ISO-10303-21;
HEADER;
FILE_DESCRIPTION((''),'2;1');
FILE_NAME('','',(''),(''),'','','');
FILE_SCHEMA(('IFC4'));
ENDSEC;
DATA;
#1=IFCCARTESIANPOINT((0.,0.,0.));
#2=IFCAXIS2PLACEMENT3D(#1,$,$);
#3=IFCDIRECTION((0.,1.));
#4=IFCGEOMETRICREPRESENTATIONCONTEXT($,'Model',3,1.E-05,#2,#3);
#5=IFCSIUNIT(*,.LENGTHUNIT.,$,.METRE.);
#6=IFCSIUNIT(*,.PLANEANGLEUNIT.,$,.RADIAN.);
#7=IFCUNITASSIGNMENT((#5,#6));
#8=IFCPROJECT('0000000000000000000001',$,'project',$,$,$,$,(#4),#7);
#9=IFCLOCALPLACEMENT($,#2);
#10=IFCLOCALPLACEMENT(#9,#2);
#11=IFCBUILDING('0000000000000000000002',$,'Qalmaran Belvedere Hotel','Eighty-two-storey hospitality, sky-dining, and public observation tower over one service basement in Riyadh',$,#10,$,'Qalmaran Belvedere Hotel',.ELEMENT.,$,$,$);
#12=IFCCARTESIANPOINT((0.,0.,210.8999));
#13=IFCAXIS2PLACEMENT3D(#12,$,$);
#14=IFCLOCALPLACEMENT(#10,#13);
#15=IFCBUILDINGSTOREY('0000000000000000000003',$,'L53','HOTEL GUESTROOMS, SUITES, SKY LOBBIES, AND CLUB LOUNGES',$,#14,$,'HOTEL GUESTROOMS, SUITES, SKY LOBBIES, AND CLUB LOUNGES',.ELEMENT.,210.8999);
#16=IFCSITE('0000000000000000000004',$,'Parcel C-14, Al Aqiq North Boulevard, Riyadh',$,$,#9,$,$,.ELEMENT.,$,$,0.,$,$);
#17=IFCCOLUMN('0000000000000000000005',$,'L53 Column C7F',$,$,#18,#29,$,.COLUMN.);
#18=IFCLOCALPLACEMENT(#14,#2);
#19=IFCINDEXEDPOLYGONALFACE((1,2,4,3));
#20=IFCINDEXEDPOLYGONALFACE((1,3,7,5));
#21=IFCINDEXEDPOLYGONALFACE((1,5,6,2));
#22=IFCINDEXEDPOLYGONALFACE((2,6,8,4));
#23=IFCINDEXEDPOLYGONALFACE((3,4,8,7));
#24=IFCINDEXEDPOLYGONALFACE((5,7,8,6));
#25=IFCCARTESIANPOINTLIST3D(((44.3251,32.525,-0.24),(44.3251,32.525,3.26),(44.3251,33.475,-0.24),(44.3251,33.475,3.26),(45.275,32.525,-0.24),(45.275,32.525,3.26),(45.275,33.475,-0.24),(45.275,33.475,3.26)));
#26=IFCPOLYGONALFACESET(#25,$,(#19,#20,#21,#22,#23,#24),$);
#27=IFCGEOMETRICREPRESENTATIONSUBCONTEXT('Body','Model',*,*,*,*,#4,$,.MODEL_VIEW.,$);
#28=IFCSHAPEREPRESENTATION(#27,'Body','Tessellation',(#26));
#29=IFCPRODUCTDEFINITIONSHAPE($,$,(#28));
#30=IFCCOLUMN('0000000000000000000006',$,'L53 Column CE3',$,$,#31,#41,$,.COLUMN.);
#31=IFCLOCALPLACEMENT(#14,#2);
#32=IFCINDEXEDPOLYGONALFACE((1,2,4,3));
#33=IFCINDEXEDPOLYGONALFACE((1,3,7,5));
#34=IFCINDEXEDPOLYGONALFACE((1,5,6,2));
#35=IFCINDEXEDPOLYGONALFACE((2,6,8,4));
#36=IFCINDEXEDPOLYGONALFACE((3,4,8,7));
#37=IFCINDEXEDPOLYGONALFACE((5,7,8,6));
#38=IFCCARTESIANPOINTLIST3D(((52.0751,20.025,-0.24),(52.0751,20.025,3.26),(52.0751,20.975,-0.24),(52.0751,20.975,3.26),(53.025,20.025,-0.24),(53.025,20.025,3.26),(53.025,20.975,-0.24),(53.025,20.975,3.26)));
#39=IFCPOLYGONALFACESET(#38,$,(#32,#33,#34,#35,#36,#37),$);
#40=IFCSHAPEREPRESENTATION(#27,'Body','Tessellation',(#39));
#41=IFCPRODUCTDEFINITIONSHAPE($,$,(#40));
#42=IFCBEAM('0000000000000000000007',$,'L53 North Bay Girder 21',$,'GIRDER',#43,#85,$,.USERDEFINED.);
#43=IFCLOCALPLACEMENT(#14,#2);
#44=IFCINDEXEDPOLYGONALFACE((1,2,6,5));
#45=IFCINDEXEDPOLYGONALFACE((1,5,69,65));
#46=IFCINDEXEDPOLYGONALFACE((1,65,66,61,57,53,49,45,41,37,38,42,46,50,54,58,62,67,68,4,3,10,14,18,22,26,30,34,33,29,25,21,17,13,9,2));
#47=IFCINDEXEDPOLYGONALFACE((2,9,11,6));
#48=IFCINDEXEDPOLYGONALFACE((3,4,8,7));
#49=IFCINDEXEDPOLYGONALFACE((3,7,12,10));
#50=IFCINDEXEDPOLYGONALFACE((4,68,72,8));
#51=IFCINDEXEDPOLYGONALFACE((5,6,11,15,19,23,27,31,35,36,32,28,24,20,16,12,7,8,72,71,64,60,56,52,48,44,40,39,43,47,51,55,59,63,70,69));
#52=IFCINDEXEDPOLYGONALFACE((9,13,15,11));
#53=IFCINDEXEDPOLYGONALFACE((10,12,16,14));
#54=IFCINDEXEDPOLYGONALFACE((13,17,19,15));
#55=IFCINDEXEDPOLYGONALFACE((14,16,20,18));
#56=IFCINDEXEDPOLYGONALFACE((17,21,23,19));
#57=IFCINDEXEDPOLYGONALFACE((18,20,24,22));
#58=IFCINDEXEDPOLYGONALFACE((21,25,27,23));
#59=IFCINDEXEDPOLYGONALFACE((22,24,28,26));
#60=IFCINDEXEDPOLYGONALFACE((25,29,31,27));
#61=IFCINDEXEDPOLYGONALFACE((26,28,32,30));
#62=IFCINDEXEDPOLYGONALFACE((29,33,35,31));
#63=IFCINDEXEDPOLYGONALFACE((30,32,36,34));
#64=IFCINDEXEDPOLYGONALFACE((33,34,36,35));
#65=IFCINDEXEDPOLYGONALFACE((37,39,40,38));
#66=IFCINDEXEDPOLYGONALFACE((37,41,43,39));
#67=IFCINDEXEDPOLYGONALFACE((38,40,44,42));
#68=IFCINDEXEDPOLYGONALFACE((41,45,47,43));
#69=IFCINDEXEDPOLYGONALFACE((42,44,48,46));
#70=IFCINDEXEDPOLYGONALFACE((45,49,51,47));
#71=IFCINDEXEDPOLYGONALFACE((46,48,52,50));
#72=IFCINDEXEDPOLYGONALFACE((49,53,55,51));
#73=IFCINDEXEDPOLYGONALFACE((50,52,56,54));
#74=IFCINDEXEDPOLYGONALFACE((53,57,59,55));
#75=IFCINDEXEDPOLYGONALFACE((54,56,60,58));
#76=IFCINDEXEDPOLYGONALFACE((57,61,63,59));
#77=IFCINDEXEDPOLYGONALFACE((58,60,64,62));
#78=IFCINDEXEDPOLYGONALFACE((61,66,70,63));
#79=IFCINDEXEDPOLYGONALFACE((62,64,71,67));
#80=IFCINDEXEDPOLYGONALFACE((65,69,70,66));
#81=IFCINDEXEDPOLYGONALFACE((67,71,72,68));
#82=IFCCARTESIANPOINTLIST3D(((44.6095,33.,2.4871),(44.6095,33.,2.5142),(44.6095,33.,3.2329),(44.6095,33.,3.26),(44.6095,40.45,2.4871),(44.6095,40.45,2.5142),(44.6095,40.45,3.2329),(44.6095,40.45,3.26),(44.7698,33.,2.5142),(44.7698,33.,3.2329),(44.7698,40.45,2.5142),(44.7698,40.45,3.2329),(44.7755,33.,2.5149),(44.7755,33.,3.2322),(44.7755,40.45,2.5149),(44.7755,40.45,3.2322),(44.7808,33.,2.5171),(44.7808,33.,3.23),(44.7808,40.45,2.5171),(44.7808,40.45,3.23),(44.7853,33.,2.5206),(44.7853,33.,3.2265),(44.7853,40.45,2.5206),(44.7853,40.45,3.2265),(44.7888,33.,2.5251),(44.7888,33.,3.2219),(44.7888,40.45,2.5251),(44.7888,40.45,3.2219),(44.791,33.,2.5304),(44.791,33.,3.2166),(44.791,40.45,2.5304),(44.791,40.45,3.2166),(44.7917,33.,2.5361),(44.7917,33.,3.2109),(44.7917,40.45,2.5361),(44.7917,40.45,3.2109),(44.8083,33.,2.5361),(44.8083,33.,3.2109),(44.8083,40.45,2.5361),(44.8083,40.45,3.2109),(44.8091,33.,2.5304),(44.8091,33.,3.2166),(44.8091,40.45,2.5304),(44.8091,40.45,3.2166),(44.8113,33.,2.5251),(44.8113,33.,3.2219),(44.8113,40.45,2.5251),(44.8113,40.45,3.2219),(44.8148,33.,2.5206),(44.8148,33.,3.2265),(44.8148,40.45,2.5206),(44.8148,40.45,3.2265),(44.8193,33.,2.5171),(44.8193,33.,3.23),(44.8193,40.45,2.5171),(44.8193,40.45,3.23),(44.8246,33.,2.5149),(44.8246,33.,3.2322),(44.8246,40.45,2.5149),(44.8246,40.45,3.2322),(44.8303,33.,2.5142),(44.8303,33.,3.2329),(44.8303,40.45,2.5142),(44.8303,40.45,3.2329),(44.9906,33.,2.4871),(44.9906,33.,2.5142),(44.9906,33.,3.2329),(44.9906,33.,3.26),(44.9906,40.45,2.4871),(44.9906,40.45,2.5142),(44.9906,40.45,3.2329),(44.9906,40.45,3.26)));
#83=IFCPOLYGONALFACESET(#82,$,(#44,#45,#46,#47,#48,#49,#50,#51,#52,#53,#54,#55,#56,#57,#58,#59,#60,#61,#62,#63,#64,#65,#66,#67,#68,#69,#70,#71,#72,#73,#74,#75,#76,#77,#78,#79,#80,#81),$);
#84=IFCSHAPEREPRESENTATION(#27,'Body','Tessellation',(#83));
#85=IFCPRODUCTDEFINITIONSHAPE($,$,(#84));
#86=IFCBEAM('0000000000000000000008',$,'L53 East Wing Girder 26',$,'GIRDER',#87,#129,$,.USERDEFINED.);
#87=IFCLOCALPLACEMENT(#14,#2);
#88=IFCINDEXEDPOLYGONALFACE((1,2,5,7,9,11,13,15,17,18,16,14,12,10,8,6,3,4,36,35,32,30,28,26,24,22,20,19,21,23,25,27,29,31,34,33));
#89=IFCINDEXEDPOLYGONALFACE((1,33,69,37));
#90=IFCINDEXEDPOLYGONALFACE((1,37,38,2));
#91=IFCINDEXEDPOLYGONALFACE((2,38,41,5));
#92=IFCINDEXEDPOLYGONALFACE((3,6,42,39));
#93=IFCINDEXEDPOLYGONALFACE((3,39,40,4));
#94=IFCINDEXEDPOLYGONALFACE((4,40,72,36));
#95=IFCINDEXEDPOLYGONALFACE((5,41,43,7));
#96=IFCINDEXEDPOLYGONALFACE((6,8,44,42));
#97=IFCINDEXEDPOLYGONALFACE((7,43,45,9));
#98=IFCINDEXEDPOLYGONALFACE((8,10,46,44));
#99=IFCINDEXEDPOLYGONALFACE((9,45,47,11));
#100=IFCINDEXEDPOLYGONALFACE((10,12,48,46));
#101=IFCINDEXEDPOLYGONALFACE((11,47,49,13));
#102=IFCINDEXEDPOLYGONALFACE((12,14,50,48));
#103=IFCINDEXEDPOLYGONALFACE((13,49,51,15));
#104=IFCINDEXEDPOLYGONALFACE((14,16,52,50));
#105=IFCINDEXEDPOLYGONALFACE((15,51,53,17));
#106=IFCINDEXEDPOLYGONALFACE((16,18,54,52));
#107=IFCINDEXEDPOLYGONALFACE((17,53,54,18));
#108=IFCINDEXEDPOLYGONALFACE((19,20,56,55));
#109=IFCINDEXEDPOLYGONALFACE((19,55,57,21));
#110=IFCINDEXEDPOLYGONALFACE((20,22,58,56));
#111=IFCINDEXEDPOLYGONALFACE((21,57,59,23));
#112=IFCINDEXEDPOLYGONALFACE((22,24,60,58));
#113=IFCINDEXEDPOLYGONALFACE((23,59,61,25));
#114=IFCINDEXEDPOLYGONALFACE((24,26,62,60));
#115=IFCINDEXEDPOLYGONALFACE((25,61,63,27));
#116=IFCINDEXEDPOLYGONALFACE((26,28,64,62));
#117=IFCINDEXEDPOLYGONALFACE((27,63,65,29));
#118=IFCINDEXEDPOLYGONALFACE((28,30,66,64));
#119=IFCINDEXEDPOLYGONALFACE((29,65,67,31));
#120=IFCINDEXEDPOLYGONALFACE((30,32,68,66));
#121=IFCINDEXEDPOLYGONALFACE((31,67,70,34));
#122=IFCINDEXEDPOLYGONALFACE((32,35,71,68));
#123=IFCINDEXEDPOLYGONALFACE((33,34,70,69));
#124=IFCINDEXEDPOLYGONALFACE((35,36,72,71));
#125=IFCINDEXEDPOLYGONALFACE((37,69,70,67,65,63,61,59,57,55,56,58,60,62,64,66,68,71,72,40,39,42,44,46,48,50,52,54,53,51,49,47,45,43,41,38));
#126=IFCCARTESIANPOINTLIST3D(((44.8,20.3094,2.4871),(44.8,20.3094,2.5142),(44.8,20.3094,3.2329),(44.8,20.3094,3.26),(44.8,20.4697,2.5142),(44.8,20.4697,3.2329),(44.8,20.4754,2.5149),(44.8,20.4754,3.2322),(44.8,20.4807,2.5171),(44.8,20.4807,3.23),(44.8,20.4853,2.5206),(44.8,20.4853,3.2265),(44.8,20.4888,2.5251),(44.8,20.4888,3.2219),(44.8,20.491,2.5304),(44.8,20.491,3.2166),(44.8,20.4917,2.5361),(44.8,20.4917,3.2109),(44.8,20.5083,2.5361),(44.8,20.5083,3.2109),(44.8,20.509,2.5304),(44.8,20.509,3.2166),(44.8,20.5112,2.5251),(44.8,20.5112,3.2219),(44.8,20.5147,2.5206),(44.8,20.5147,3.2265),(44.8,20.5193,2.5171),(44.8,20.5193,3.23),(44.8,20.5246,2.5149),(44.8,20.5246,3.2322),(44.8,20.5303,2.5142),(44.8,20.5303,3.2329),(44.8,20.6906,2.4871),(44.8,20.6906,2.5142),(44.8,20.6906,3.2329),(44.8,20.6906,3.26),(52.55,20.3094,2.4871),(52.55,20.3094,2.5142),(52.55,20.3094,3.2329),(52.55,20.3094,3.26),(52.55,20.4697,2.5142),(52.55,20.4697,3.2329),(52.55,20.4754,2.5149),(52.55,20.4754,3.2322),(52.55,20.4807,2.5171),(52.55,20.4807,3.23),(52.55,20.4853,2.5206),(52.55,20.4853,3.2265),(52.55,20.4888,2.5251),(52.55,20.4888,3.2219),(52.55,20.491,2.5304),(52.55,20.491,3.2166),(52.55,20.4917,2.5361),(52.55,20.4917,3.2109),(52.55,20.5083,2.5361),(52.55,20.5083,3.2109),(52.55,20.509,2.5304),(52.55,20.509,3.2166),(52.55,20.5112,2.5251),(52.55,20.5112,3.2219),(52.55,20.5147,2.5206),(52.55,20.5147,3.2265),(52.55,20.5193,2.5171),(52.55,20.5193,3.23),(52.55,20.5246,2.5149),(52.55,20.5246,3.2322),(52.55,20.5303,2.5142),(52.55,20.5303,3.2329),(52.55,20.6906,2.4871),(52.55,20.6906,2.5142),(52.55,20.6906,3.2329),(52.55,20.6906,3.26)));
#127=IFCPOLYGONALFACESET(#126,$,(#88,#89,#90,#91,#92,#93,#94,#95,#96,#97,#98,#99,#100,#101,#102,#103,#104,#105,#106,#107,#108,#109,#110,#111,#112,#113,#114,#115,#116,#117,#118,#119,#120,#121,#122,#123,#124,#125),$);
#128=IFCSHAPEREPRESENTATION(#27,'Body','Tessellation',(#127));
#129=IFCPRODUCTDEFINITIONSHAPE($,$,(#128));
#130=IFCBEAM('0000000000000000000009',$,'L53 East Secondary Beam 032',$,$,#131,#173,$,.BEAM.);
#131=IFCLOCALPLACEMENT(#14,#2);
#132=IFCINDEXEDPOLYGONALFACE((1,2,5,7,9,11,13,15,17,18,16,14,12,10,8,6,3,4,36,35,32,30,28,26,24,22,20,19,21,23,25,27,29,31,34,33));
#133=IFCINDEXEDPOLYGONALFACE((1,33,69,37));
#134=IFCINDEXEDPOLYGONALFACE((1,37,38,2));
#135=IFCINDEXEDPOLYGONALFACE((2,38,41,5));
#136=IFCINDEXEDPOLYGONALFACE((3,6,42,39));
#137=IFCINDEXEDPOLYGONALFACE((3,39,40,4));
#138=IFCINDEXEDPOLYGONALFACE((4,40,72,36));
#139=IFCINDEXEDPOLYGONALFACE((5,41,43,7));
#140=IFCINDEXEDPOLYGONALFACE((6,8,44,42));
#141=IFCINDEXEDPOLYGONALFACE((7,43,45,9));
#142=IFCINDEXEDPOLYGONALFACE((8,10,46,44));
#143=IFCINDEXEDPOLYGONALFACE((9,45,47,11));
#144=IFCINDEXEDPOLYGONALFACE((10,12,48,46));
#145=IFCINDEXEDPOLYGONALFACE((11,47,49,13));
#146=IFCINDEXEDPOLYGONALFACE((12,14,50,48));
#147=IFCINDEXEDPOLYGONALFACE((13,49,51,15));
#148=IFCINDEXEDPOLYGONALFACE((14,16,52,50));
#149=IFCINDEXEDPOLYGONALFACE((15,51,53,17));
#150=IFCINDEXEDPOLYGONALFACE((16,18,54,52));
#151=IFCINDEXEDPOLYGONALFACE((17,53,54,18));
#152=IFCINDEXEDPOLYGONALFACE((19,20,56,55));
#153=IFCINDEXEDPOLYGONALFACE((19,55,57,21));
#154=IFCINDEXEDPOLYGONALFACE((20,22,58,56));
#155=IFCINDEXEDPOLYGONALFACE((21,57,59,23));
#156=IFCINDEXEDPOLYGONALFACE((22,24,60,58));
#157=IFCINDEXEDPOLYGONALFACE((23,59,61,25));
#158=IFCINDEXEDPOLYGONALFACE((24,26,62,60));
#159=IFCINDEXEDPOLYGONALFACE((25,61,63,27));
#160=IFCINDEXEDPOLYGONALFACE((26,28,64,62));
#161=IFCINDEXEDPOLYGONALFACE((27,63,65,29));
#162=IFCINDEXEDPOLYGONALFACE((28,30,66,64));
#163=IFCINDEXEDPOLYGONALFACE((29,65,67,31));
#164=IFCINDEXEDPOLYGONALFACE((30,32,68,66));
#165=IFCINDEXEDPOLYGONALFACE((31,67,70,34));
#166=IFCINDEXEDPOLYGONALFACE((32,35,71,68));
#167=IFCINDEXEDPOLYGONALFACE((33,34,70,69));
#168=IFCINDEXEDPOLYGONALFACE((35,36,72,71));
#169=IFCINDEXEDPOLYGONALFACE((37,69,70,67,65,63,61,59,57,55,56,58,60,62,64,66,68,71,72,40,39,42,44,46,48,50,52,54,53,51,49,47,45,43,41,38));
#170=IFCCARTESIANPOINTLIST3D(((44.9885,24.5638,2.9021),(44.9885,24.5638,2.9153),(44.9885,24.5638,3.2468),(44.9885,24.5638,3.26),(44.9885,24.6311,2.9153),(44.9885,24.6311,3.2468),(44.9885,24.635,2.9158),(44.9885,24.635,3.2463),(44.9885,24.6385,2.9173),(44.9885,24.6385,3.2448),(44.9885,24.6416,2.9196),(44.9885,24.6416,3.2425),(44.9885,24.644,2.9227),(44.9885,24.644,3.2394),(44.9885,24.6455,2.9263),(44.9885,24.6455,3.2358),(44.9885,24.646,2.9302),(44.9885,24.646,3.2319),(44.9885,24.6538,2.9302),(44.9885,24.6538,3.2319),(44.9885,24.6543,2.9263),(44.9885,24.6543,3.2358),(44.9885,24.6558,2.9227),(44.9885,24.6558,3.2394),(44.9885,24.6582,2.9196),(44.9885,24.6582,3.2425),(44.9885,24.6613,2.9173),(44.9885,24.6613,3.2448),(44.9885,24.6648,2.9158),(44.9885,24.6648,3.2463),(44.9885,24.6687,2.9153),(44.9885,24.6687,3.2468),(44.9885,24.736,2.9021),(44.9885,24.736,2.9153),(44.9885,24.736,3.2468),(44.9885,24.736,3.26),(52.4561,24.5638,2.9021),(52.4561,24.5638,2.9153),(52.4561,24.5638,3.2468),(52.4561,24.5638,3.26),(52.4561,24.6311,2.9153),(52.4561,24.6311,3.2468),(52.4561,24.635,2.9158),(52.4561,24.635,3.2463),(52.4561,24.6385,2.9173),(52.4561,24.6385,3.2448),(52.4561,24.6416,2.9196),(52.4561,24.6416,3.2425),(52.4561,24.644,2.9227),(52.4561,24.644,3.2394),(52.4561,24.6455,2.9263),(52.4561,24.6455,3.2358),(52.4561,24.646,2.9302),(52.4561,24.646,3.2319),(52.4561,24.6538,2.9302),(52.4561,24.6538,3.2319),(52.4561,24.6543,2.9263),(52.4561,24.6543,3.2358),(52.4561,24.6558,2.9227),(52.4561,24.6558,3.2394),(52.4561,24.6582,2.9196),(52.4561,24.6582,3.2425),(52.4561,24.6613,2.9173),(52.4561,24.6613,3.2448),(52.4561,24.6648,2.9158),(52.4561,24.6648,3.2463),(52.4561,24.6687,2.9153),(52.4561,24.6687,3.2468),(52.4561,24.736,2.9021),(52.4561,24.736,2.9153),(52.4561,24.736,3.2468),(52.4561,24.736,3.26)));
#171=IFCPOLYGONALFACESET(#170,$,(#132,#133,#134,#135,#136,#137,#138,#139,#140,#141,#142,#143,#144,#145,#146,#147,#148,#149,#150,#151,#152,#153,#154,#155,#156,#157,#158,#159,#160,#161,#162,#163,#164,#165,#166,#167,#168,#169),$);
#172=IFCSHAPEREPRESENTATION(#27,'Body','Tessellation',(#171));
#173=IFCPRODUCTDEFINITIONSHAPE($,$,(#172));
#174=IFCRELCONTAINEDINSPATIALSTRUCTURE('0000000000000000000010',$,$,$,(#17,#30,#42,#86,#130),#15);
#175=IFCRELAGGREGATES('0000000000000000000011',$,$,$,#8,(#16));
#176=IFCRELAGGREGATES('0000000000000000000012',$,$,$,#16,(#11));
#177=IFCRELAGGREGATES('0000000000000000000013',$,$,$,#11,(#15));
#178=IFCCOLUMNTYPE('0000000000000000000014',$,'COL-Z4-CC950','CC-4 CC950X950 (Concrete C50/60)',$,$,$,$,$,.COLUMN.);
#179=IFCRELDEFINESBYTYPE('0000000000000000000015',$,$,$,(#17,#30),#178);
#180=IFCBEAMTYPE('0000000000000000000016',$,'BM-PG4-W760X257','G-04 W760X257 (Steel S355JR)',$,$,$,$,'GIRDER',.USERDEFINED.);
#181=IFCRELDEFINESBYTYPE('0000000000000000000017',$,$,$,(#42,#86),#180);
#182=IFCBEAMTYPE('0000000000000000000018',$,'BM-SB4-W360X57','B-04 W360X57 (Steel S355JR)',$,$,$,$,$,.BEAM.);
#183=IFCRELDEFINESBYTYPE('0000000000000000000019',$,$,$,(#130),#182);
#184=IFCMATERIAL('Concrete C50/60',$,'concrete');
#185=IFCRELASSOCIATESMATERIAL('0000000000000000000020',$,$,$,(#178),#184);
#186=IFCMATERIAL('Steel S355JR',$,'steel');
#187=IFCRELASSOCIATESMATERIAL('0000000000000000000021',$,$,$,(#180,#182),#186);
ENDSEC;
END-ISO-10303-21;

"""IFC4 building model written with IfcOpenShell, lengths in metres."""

from ifc_helpers import new_model, si_unit, direction, frame, origin, origin_2d, place, context, subcontext, project, spatial, rectangle, i_section, extrude, material, material_profile, profile_set, type_object, element, save


model = new_model("IFC4")

# Units and contexts
model_context = context("Model", 3, precision=1e-05, world=origin(), true_north=direction((0.0, 1.0)))
body_context = subcontext(model_context, "Body", "Model", "MODEL_VIEW")
ifc_project = project(units=[si_unit("LENGTHUNIT", "METRE"), si_unit("PLANEANGLEUNIT", "RADIAN")], contexts=[model_context])

# Site, building, storey
site_placement = place(None, origin())
site = spatial("IfcSite", under=ifc_project, at=site_placement, Name="Parcel C-14, Al Aqiq North Boulevard, Riyadh", CompositionType="ELEMENT", RefElevation=0.0)
building_placement = place(site_placement, origin())
building = spatial("IfcBuilding", under=site, at=building_placement, Name="Qalmaran Belvedere Hotel", Description="Eighty-two-storey hospitality, sky-dining, and public observation tower over one service basement in Riyadh", LongName="Qalmaran Belvedere Hotel", CompositionType="ELEMENT")
storey_placement = place(building_placement, frame((0.0, 0.0, 210.8999)))
storey = spatial("IfcBuildingStorey", under=building, at=storey_placement, Name="L53", Description="HOTEL GUESTROOMS, SUITES, SKY LOBBIES, AND CLUB LOUNGES", LongName="HOTEL GUESTROOMS, SUITES, SKY LOBBIES, AND CLUB LOUNGES", CompositionType="ELEMENT", Elevation=210.8999)

# Columns
ifc_material_1 = material(Name="Concrete C50/60", Category="concrete")
ifc_material_profile_1 = material_profile(ifc_material_1, rectangle(XDim=0.95, YDim=0.95, at=origin_2d()), Name="CC950X950")
ifc_profile_set_1 = profile_set([ifc_material_profile_1], Name="Concrete C50/60")
column_type = type_object("IfcColumnType", Name="COL-Z4-CC950", Description="CC-4 CC950X950 (Concrete C50/60)", PredefinedType="COLUMN", material=ifc_profile_set_1)
for number, where, z_axis, x_axis, name in (
    (1, (44.8, 33.0, -0.24), (0.0, 0.0, 1.0), (1.0, 0.0, 0.0), "L53 Column C7F"),
    (2, (52.55, 20.5, -0.24), (0.0, 0.0, 1.0), (1.0, 0.0, 0.0), "L53 Column CE3"),
):
    element("IfcColumn", number, at=place(storey_placement, frame(where, z_axis=z_axis, x_axis=x_axis)), inside=storey, type_object=column_type, Name=name, PredefinedType="COLUMN", context=body_context, shape_type="SweptSolid", body=[
        extrude(rectangle(XDim=0.95, YDim=0.95, at=origin_2d()), origin(), (0.0, 0.0, 1.0), 3.5),
    ])

# Beams
ifc_material_2 = material(Name="Steel S355JR", Category="steel")
ifc_material_profile_2 = material_profile(ifc_material_2, i_section(OverallWidth=0.3811, OverallDepth=0.7729, WebThickness=0.0166, FlangeThickness=0.0271, FilletRadius=0.022, at=origin_2d()), Name="W760X257")
ifc_profile_set_2 = profile_set([ifc_material_profile_2], Name="Steel S355JR")
beam_type_1 = type_object("IfcBeamType", Name="BM-PG4-W760X257", Description="G-04 W760X257 (Steel S355JR)", ElementType="GIRDER", PredefinedType="USERDEFINED", material=ifc_profile_set_2)
beam_1_placement = place(storey_placement, frame((44.8, 33.0, 2.8735), z_axis=(0.0, 1.0, 0.0), x_axis=(-1.0, 0.0, 0.0)))
element("IfcBeam", 3, at=beam_1_placement, inside=storey, type_object=beam_type_1, Name="L53 North Bay Girder 21", ObjectType="GIRDER", PredefinedType="USERDEFINED", context=body_context, shape_type="SweptSolid", body=[
    extrude(i_section(OverallWidth=0.3811, OverallDepth=0.7729, WebThickness=0.0166, FlangeThickness=0.0271, FilletRadius=0.022, at=origin_2d()), origin(), (0.0, 0.0, 1.0), 7.45),
])
beam_2_placement = place(storey_placement, frame((44.8, 20.5, 2.8735), z_axis=(1.0, 0.0, 0.0), x_axis=(0.0, 1.0, 0.0)))
element("IfcBeam", 4, at=beam_2_placement, inside=storey, type_object=beam_type_1, Name="L53 East Wing Girder 26", ObjectType="GIRDER", PredefinedType="USERDEFINED", context=body_context, shape_type="SweptSolid", body=[
    extrude(i_section(OverallWidth=0.3811, OverallDepth=0.7729, WebThickness=0.0166, FlangeThickness=0.0271, FilletRadius=0.022, at=origin_2d()), origin(), (0.0, 0.0, 1.0), 7.75),
])
ifc_material_profile_3 = material_profile(ifc_material_2, i_section(OverallWidth=0.1721, OverallDepth=0.3579, WebThickness=0.0078, FlangeThickness=0.0132, FilletRadius=0.0149, at=origin_2d()), Name="W360X57")
ifc_profile_set_3 = profile_set([ifc_material_profile_3], Name="Steel S355JR")
beam_type_2 = type_object("IfcBeamType", Name="BM-SB4-W360X57", Description="B-04 W360X57 (Steel S355JR)", PredefinedType="BEAM", material=ifc_profile_set_3)
for number, where, z_axis, x_axis, name in (
    (5, (44.9885, 24.6499, 3.0811), (1.0, 0.0, 0.0), (0.0, 1.0, 0.0), "L53 East Secondary Beam 032"),
):
    element("IfcBeam", number, at=place(storey_placement, frame(where, z_axis=z_axis, x_axis=x_axis)), inside=storey, type_object=beam_type_2, Name=name, PredefinedType="BEAM", context=body_context, shape_type="SweptSolid", body=[
        extrude(i_section(OverallWidth=0.1721, OverallDepth=0.3579, WebThickness=0.0078, FlangeThickness=0.0132, FilletRadius=0.0149, at=origin_2d()), origin(), (0.0, 0.0, 1.0), 7.4675),
    ])

save(model, "model.ifc")
